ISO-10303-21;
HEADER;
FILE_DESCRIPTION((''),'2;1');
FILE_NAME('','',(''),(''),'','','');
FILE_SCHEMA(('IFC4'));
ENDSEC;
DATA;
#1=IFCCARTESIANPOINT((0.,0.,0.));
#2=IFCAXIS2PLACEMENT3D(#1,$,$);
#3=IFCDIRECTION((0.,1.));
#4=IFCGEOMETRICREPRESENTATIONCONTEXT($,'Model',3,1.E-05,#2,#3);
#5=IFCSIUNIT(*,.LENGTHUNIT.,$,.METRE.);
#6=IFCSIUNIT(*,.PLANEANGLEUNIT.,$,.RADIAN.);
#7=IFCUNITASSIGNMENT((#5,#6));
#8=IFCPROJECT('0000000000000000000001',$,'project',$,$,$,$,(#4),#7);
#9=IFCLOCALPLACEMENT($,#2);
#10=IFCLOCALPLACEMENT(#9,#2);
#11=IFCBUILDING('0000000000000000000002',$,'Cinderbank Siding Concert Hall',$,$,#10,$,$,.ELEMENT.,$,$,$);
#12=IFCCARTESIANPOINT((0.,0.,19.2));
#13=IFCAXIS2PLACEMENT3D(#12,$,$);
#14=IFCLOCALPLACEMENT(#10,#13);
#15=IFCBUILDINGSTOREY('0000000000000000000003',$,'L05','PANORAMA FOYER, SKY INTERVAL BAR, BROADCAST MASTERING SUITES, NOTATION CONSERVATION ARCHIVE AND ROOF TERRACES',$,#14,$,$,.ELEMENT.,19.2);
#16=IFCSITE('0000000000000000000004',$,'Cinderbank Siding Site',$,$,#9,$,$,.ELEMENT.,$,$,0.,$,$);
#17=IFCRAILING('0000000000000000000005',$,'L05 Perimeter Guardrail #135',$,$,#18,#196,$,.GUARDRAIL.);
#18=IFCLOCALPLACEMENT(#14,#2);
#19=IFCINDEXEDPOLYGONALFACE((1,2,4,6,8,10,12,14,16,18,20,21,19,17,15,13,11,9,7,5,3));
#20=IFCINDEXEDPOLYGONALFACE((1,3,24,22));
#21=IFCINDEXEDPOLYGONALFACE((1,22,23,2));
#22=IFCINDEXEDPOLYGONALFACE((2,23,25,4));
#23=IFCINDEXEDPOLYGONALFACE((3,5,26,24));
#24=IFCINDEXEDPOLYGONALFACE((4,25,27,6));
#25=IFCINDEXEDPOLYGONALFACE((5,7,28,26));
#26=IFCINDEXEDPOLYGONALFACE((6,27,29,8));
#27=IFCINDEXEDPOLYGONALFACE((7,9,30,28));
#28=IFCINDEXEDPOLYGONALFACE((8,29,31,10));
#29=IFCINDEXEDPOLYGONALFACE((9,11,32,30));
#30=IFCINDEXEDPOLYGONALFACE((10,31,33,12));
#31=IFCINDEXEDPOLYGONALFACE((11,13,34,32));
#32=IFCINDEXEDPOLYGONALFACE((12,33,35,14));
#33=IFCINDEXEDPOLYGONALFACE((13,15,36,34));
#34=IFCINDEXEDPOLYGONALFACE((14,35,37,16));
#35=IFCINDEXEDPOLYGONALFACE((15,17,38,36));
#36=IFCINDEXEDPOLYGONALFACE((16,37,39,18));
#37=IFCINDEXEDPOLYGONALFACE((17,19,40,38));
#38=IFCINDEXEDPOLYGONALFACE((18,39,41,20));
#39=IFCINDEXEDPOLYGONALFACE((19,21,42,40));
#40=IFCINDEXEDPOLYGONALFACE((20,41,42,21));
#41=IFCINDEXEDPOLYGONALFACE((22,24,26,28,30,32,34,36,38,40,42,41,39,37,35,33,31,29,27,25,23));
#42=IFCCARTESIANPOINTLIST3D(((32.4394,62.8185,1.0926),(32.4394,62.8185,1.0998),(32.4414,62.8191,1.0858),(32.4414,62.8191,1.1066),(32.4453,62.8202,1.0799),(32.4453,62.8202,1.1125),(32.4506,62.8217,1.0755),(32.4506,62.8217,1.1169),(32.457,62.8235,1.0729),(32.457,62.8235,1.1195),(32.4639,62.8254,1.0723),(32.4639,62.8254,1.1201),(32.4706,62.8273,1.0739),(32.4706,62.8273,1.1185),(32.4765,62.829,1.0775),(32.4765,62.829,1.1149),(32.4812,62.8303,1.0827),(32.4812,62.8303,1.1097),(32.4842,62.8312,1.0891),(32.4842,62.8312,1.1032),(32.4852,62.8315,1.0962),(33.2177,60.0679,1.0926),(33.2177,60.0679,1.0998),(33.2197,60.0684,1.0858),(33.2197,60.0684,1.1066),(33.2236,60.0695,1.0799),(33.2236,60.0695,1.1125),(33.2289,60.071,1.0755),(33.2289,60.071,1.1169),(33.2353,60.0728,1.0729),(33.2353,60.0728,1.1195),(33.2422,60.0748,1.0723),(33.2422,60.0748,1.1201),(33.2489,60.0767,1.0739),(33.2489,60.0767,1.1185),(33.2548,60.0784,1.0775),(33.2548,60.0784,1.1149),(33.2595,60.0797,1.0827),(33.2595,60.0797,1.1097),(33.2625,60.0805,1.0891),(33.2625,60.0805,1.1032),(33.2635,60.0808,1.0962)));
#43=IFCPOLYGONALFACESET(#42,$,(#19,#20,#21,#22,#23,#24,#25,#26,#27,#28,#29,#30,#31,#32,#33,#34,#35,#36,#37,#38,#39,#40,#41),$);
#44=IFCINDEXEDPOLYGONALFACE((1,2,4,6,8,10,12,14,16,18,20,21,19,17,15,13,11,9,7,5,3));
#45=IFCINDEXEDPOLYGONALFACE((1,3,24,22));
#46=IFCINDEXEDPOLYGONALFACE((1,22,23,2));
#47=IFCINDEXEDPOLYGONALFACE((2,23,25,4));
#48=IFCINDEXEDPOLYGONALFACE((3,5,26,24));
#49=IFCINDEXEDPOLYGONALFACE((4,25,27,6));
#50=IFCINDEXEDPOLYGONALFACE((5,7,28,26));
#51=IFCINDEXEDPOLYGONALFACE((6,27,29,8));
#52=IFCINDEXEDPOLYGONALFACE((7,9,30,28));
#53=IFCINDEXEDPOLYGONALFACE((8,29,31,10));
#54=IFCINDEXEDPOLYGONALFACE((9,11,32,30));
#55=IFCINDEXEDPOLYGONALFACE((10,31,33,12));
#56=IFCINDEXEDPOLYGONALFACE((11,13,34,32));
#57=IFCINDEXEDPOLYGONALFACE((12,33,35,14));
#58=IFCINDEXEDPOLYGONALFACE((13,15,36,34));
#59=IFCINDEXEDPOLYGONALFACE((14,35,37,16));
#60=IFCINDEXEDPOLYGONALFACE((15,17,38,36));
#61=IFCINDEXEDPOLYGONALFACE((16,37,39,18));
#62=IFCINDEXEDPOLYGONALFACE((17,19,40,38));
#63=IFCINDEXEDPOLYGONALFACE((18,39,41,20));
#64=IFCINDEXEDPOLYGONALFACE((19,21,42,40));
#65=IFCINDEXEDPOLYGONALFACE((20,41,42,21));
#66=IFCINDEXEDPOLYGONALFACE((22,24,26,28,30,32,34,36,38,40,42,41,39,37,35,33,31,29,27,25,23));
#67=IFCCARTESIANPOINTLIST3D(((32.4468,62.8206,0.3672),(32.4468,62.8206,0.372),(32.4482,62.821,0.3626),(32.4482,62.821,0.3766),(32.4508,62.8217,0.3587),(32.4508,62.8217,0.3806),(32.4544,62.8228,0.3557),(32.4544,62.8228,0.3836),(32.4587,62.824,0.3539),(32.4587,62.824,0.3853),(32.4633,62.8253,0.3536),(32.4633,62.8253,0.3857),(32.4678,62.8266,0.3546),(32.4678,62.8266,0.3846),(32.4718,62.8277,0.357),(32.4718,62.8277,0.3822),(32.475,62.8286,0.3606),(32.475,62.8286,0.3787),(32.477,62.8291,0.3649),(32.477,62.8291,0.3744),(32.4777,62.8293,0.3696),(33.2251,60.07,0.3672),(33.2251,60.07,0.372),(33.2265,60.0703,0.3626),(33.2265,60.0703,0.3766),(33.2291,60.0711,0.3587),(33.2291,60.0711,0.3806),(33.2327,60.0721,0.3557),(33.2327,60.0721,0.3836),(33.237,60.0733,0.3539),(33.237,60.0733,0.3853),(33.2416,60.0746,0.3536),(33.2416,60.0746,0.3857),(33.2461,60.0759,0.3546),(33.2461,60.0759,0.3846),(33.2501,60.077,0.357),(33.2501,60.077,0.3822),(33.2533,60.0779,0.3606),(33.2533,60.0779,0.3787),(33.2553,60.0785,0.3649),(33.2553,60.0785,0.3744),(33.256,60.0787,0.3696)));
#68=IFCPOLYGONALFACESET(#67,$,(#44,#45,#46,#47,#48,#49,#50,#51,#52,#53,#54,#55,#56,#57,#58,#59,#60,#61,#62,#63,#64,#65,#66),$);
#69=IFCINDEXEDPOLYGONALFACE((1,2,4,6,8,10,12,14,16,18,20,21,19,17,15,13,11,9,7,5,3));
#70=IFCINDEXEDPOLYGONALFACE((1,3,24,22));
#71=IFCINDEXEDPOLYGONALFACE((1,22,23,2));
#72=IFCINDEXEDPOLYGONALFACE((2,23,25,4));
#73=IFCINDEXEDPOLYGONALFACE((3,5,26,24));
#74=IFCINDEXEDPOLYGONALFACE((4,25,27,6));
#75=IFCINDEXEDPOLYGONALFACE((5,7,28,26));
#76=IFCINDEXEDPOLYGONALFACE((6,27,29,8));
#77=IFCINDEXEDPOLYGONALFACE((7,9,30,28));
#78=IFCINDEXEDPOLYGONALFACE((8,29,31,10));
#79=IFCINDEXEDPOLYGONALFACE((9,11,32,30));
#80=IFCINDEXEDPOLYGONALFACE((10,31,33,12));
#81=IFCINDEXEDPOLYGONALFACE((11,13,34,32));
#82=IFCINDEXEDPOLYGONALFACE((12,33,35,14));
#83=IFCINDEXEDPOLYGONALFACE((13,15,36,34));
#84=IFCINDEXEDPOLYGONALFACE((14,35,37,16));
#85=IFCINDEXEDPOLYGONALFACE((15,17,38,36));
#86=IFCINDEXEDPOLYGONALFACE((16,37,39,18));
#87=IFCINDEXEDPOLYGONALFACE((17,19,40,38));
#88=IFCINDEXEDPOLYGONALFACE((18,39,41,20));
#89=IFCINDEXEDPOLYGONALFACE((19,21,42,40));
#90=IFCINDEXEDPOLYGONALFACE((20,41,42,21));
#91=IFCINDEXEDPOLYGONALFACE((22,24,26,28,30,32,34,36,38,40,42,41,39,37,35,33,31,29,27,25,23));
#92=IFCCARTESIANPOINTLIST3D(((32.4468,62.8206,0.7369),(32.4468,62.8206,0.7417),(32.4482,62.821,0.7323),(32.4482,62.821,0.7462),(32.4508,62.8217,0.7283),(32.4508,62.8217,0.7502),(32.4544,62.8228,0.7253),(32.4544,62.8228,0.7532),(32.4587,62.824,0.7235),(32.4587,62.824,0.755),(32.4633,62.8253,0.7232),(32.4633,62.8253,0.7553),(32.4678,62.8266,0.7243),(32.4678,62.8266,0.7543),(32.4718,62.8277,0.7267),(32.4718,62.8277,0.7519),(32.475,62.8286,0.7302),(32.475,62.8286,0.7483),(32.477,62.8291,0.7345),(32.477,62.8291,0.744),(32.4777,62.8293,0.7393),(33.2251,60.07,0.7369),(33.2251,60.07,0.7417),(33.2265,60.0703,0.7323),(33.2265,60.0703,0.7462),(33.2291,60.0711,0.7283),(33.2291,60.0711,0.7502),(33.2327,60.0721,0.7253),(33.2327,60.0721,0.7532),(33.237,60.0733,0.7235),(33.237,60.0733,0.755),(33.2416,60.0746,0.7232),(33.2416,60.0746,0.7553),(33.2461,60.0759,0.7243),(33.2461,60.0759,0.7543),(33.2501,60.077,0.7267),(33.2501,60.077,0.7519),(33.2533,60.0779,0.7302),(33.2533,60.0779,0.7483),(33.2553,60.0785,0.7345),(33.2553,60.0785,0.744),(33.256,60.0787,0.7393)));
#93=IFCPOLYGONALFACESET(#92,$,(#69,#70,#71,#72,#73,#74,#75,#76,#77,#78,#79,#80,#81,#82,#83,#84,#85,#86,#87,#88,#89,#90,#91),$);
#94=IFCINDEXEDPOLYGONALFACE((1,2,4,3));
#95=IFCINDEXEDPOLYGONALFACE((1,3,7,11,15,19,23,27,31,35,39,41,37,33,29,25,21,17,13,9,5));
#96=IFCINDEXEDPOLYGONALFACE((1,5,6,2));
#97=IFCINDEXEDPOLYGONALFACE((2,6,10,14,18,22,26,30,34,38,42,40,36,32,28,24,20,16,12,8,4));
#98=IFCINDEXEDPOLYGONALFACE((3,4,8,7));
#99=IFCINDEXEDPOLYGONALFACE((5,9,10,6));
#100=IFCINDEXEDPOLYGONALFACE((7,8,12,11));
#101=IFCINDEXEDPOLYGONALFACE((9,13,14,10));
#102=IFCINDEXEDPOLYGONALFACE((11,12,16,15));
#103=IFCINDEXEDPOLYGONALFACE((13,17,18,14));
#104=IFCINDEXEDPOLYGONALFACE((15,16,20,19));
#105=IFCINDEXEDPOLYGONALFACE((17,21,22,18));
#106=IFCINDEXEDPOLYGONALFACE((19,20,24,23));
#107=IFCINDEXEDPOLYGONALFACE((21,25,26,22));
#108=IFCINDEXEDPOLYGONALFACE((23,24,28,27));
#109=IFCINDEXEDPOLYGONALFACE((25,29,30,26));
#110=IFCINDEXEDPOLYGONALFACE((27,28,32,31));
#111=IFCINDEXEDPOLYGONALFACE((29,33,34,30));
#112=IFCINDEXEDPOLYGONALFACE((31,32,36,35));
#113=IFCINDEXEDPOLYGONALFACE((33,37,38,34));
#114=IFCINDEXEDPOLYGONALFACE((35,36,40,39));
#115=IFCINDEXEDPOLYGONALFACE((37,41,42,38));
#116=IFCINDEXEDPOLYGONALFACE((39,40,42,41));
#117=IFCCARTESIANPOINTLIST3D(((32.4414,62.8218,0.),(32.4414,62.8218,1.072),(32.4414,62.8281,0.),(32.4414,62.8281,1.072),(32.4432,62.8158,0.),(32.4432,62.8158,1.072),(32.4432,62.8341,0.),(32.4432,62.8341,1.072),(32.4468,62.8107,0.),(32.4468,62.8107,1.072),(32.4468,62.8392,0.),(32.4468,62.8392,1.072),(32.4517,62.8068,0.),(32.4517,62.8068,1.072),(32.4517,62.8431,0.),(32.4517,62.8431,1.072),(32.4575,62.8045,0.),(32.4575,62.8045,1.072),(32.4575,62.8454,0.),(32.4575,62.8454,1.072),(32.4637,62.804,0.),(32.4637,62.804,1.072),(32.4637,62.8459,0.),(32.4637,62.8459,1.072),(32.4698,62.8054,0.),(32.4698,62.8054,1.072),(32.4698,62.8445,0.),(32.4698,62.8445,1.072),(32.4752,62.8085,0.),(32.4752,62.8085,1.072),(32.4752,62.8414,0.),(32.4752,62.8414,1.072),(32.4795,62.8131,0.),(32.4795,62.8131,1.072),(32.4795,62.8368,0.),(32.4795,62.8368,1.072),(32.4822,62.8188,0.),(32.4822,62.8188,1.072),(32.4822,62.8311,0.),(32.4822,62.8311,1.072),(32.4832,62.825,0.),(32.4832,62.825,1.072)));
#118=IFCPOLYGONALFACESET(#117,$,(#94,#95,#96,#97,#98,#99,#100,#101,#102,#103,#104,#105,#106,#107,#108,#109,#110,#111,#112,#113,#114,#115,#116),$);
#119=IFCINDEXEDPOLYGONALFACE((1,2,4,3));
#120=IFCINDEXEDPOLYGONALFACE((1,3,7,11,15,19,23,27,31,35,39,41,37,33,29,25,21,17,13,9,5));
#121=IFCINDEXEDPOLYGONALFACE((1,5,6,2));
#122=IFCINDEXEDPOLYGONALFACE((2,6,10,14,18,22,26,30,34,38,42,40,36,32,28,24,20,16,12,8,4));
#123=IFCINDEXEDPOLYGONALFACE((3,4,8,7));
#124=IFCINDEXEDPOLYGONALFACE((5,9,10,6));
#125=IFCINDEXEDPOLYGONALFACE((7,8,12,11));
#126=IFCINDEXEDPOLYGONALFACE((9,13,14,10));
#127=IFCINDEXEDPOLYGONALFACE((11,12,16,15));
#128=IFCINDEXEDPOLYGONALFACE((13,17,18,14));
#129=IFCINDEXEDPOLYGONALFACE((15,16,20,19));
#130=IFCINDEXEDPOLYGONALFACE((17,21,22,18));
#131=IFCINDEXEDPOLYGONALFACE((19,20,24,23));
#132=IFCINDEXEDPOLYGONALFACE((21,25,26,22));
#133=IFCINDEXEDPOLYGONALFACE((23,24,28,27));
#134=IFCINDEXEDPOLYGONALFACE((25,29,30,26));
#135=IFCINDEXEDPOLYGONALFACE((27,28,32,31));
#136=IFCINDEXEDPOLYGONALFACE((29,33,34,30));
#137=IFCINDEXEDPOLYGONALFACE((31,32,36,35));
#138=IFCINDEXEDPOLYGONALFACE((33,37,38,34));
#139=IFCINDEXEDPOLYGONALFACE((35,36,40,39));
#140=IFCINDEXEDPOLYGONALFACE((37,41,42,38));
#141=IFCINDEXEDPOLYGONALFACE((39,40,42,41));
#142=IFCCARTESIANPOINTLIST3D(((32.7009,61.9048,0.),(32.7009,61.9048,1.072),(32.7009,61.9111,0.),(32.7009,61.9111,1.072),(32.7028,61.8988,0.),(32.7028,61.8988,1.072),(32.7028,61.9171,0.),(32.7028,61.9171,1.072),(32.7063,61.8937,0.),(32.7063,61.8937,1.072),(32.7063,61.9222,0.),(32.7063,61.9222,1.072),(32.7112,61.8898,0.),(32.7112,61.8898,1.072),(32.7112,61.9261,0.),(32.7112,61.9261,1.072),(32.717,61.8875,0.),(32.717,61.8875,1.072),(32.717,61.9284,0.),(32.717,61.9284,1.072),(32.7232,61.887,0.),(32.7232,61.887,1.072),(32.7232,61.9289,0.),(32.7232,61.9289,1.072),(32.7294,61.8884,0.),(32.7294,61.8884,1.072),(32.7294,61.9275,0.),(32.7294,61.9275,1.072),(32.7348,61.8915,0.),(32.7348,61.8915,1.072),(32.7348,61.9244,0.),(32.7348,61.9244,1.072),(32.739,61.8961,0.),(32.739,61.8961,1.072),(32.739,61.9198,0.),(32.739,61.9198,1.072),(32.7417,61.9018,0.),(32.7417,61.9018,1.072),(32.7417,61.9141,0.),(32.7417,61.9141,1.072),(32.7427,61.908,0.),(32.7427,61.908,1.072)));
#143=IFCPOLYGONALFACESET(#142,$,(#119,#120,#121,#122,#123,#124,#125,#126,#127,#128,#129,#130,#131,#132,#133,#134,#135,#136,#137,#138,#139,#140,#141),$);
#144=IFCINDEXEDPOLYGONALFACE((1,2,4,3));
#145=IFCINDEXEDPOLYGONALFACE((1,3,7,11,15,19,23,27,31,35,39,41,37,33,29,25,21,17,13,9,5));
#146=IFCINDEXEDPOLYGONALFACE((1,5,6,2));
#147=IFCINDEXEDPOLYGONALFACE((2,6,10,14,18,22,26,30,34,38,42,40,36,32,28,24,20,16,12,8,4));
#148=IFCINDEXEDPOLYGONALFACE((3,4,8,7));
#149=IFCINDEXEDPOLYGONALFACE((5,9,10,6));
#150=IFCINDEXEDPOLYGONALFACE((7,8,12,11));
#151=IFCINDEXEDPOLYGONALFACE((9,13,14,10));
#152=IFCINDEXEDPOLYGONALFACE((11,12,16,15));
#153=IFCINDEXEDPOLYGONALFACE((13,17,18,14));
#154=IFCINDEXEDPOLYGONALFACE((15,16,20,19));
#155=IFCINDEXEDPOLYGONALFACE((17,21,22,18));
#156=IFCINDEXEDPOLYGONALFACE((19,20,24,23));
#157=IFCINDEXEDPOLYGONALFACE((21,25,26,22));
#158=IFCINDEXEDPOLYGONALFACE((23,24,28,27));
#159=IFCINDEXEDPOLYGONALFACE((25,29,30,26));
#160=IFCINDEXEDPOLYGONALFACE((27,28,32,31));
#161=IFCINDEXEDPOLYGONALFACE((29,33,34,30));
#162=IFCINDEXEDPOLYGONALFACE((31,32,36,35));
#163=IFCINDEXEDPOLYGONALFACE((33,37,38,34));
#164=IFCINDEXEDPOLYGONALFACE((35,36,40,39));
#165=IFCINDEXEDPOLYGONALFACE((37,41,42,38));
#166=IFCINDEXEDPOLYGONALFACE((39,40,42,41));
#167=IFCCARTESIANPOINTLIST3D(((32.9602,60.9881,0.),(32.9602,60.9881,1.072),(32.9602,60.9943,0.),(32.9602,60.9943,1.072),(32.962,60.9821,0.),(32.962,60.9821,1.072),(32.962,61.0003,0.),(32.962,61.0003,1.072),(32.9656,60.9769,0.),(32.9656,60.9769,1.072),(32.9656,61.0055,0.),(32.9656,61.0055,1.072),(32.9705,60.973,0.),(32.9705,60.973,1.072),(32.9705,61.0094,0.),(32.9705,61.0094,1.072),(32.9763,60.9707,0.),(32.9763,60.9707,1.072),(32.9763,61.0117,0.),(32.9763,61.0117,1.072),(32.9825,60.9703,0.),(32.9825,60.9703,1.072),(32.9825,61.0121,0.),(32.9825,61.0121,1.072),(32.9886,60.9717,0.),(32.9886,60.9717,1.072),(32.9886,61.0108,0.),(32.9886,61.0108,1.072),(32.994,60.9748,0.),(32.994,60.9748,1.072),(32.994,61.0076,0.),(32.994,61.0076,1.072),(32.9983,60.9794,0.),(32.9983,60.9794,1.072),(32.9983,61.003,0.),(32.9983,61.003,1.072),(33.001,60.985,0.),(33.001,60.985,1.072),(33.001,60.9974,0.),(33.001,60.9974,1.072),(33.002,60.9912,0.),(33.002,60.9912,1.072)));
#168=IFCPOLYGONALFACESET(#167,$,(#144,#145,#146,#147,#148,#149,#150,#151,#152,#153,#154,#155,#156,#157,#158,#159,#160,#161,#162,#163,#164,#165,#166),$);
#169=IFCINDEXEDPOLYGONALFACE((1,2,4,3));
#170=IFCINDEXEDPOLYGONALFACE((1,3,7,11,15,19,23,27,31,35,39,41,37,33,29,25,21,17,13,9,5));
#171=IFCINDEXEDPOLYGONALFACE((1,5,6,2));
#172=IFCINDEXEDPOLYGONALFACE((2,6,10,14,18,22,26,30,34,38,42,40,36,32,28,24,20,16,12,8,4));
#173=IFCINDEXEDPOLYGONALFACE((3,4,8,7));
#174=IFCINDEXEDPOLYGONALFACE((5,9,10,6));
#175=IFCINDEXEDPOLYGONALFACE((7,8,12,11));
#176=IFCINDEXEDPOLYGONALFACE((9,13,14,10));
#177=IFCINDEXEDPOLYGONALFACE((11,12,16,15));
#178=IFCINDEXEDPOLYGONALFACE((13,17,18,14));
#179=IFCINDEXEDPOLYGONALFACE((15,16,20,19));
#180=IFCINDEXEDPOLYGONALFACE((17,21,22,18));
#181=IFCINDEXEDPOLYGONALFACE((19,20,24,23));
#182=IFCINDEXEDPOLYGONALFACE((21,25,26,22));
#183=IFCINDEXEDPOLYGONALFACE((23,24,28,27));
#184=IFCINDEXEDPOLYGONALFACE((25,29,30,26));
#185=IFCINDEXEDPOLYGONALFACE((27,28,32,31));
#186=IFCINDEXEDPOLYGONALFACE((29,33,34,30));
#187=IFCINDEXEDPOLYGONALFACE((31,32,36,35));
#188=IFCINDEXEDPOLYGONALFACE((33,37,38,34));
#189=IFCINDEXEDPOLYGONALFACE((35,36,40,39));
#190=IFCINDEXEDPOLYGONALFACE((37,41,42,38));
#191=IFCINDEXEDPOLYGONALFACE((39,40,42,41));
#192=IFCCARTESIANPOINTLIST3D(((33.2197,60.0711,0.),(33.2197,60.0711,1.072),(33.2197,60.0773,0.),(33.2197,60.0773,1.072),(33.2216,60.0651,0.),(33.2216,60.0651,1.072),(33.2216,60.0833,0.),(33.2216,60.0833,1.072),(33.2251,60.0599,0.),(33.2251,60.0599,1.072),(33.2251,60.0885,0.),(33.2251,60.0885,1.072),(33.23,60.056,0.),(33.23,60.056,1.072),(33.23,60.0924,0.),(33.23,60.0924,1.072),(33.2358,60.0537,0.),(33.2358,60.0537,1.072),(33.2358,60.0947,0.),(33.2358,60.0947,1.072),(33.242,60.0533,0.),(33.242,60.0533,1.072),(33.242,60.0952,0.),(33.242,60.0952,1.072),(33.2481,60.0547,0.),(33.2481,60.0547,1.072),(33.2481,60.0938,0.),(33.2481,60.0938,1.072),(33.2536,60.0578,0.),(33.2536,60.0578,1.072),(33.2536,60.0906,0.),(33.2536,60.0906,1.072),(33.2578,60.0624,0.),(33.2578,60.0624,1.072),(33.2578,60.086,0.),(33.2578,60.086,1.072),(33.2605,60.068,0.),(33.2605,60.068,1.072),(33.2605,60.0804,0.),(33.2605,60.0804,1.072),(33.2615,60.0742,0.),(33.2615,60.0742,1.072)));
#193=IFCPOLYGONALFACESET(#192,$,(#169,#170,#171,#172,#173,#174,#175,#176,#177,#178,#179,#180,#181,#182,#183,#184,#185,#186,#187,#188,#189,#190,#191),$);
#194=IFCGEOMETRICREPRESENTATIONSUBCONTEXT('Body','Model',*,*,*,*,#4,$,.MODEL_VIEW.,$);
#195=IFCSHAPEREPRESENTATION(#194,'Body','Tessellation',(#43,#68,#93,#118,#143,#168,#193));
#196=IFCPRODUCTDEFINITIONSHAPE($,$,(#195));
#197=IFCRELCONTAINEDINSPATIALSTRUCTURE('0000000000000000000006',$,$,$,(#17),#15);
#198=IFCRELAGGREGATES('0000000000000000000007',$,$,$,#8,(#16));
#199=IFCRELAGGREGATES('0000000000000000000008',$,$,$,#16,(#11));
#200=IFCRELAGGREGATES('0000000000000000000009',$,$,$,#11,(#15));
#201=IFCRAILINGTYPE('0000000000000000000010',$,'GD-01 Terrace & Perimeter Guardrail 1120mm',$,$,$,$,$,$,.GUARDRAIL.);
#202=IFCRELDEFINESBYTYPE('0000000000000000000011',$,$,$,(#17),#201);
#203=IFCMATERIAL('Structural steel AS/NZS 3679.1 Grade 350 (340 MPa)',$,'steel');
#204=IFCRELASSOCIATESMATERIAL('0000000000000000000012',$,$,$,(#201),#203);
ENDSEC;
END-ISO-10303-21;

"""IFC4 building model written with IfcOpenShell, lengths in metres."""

from ifc_helpers import new_model, si_unit, direction, frame, origin, origin_2d, place, context, subcontext, project, spatial, circle, extrude, material, type_object, element, save


model = new_model("IFC4")

# Units and contexts
model_context = context("Model", 3, precision=1e-05, world=origin(), true_north=direction((0.0, 1.0)))
body_context = subcontext(model_context, "Body", "Model", "MODEL_VIEW")
ifc_project = project(units=[si_unit("LENGTHUNIT", "METRE"), si_unit("PLANEANGLEUNIT", "RADIAN")], contexts=[model_context])

# Site, building, storey
site_placement = place(None, origin())
site = spatial("IfcSite", under=ifc_project, at=site_placement, Name="Cinderbank Siding Site", CompositionType="ELEMENT", RefElevation=0.0)
building_placement = place(site_placement, origin())
building = spatial("IfcBuilding", under=site, at=building_placement, Name="Cinderbank Siding Concert Hall", CompositionType="ELEMENT")
storey_placement = place(building_placement, frame((0.0, 0.0, 19.2)))
storey = spatial("IfcBuildingStorey", under=building, at=storey_placement, Name="L05", Description="PANORAMA FOYER, SKY INTERVAL BAR, BROADCAST MASTERING SUITES, NOTATION CONSERVATION ARCHIVE AND ROOF TERRACES", CompositionType="ELEMENT", Elevation=19.2)

# Railing
ifc_material_1 = material(Name="Structural steel AS/NZS 3679.1 Grade 350 (340 MPa)", Category="steel")
railing_type = type_object("IfcRailingType", Name="GD-01 Terrace & Perimeter Guardrail 1120mm", PredefinedType="GUARDRAIL", material=ifc_material_1)
railing_1_placement = place(storey_placement, frame((32.4622, 62.825, 0.0)))
element("IfcRailing", 1, at=railing_1_placement, inside=storey, type_object=railing_type, Name="L05 Perimeter Guardrail #135", PredefinedType="GUARDRAIL", context=body_context, shape_type="SweptSolid", body=[
    extrude(circle(Radius=0.0239, at=origin_2d()), frame((0.0, 0.0, 1.0962), z_axis=(0.272261, -0.962223, 0.0), x_axis=(0.962223, 0.272261, 0.0)), (0.0, 0.0, 1.0), 2.8586),
    extrude(circle(Radius=0.0161, at=origin_2d()), frame((0.0, 0.0, 0.3696), z_axis=(0.272261, -0.962223, 0.0), x_axis=(0.962223, 0.272261, 0.0)), (0.0, 0.0, 1.0), 2.8586),
    extrude(circle(Radius=0.0161, at=origin_2d()), frame((0.0, 0.0, 0.7393), z_axis=(0.272261, -0.962223, 0.0), x_axis=(0.962223, 0.272261, 0.0)), (0.0, 0.0, 1.0), 2.8586),
    extrude(circle(Radius=0.021, at=origin_2d()), origin(), (0.0, 0.0, 1.0), 1.072),
    extrude(circle(Radius=0.021, at=origin_2d()), frame((0.2595, -0.917, 0.0)), (0.0, 0.0, 1.0), 1.072),
    extrude(circle(Radius=0.021, at=origin_2d()), frame((0.5188, -1.8337, 0.0)), (0.0, 0.0, 1.0), 1.072),
    extrude(circle(Radius=0.021, at=origin_2d()), frame((0.7783, -2.7507, 0.0)), (0.0, 0.0, 1.0), 1.072),
])

save(model, "model.ifc")
